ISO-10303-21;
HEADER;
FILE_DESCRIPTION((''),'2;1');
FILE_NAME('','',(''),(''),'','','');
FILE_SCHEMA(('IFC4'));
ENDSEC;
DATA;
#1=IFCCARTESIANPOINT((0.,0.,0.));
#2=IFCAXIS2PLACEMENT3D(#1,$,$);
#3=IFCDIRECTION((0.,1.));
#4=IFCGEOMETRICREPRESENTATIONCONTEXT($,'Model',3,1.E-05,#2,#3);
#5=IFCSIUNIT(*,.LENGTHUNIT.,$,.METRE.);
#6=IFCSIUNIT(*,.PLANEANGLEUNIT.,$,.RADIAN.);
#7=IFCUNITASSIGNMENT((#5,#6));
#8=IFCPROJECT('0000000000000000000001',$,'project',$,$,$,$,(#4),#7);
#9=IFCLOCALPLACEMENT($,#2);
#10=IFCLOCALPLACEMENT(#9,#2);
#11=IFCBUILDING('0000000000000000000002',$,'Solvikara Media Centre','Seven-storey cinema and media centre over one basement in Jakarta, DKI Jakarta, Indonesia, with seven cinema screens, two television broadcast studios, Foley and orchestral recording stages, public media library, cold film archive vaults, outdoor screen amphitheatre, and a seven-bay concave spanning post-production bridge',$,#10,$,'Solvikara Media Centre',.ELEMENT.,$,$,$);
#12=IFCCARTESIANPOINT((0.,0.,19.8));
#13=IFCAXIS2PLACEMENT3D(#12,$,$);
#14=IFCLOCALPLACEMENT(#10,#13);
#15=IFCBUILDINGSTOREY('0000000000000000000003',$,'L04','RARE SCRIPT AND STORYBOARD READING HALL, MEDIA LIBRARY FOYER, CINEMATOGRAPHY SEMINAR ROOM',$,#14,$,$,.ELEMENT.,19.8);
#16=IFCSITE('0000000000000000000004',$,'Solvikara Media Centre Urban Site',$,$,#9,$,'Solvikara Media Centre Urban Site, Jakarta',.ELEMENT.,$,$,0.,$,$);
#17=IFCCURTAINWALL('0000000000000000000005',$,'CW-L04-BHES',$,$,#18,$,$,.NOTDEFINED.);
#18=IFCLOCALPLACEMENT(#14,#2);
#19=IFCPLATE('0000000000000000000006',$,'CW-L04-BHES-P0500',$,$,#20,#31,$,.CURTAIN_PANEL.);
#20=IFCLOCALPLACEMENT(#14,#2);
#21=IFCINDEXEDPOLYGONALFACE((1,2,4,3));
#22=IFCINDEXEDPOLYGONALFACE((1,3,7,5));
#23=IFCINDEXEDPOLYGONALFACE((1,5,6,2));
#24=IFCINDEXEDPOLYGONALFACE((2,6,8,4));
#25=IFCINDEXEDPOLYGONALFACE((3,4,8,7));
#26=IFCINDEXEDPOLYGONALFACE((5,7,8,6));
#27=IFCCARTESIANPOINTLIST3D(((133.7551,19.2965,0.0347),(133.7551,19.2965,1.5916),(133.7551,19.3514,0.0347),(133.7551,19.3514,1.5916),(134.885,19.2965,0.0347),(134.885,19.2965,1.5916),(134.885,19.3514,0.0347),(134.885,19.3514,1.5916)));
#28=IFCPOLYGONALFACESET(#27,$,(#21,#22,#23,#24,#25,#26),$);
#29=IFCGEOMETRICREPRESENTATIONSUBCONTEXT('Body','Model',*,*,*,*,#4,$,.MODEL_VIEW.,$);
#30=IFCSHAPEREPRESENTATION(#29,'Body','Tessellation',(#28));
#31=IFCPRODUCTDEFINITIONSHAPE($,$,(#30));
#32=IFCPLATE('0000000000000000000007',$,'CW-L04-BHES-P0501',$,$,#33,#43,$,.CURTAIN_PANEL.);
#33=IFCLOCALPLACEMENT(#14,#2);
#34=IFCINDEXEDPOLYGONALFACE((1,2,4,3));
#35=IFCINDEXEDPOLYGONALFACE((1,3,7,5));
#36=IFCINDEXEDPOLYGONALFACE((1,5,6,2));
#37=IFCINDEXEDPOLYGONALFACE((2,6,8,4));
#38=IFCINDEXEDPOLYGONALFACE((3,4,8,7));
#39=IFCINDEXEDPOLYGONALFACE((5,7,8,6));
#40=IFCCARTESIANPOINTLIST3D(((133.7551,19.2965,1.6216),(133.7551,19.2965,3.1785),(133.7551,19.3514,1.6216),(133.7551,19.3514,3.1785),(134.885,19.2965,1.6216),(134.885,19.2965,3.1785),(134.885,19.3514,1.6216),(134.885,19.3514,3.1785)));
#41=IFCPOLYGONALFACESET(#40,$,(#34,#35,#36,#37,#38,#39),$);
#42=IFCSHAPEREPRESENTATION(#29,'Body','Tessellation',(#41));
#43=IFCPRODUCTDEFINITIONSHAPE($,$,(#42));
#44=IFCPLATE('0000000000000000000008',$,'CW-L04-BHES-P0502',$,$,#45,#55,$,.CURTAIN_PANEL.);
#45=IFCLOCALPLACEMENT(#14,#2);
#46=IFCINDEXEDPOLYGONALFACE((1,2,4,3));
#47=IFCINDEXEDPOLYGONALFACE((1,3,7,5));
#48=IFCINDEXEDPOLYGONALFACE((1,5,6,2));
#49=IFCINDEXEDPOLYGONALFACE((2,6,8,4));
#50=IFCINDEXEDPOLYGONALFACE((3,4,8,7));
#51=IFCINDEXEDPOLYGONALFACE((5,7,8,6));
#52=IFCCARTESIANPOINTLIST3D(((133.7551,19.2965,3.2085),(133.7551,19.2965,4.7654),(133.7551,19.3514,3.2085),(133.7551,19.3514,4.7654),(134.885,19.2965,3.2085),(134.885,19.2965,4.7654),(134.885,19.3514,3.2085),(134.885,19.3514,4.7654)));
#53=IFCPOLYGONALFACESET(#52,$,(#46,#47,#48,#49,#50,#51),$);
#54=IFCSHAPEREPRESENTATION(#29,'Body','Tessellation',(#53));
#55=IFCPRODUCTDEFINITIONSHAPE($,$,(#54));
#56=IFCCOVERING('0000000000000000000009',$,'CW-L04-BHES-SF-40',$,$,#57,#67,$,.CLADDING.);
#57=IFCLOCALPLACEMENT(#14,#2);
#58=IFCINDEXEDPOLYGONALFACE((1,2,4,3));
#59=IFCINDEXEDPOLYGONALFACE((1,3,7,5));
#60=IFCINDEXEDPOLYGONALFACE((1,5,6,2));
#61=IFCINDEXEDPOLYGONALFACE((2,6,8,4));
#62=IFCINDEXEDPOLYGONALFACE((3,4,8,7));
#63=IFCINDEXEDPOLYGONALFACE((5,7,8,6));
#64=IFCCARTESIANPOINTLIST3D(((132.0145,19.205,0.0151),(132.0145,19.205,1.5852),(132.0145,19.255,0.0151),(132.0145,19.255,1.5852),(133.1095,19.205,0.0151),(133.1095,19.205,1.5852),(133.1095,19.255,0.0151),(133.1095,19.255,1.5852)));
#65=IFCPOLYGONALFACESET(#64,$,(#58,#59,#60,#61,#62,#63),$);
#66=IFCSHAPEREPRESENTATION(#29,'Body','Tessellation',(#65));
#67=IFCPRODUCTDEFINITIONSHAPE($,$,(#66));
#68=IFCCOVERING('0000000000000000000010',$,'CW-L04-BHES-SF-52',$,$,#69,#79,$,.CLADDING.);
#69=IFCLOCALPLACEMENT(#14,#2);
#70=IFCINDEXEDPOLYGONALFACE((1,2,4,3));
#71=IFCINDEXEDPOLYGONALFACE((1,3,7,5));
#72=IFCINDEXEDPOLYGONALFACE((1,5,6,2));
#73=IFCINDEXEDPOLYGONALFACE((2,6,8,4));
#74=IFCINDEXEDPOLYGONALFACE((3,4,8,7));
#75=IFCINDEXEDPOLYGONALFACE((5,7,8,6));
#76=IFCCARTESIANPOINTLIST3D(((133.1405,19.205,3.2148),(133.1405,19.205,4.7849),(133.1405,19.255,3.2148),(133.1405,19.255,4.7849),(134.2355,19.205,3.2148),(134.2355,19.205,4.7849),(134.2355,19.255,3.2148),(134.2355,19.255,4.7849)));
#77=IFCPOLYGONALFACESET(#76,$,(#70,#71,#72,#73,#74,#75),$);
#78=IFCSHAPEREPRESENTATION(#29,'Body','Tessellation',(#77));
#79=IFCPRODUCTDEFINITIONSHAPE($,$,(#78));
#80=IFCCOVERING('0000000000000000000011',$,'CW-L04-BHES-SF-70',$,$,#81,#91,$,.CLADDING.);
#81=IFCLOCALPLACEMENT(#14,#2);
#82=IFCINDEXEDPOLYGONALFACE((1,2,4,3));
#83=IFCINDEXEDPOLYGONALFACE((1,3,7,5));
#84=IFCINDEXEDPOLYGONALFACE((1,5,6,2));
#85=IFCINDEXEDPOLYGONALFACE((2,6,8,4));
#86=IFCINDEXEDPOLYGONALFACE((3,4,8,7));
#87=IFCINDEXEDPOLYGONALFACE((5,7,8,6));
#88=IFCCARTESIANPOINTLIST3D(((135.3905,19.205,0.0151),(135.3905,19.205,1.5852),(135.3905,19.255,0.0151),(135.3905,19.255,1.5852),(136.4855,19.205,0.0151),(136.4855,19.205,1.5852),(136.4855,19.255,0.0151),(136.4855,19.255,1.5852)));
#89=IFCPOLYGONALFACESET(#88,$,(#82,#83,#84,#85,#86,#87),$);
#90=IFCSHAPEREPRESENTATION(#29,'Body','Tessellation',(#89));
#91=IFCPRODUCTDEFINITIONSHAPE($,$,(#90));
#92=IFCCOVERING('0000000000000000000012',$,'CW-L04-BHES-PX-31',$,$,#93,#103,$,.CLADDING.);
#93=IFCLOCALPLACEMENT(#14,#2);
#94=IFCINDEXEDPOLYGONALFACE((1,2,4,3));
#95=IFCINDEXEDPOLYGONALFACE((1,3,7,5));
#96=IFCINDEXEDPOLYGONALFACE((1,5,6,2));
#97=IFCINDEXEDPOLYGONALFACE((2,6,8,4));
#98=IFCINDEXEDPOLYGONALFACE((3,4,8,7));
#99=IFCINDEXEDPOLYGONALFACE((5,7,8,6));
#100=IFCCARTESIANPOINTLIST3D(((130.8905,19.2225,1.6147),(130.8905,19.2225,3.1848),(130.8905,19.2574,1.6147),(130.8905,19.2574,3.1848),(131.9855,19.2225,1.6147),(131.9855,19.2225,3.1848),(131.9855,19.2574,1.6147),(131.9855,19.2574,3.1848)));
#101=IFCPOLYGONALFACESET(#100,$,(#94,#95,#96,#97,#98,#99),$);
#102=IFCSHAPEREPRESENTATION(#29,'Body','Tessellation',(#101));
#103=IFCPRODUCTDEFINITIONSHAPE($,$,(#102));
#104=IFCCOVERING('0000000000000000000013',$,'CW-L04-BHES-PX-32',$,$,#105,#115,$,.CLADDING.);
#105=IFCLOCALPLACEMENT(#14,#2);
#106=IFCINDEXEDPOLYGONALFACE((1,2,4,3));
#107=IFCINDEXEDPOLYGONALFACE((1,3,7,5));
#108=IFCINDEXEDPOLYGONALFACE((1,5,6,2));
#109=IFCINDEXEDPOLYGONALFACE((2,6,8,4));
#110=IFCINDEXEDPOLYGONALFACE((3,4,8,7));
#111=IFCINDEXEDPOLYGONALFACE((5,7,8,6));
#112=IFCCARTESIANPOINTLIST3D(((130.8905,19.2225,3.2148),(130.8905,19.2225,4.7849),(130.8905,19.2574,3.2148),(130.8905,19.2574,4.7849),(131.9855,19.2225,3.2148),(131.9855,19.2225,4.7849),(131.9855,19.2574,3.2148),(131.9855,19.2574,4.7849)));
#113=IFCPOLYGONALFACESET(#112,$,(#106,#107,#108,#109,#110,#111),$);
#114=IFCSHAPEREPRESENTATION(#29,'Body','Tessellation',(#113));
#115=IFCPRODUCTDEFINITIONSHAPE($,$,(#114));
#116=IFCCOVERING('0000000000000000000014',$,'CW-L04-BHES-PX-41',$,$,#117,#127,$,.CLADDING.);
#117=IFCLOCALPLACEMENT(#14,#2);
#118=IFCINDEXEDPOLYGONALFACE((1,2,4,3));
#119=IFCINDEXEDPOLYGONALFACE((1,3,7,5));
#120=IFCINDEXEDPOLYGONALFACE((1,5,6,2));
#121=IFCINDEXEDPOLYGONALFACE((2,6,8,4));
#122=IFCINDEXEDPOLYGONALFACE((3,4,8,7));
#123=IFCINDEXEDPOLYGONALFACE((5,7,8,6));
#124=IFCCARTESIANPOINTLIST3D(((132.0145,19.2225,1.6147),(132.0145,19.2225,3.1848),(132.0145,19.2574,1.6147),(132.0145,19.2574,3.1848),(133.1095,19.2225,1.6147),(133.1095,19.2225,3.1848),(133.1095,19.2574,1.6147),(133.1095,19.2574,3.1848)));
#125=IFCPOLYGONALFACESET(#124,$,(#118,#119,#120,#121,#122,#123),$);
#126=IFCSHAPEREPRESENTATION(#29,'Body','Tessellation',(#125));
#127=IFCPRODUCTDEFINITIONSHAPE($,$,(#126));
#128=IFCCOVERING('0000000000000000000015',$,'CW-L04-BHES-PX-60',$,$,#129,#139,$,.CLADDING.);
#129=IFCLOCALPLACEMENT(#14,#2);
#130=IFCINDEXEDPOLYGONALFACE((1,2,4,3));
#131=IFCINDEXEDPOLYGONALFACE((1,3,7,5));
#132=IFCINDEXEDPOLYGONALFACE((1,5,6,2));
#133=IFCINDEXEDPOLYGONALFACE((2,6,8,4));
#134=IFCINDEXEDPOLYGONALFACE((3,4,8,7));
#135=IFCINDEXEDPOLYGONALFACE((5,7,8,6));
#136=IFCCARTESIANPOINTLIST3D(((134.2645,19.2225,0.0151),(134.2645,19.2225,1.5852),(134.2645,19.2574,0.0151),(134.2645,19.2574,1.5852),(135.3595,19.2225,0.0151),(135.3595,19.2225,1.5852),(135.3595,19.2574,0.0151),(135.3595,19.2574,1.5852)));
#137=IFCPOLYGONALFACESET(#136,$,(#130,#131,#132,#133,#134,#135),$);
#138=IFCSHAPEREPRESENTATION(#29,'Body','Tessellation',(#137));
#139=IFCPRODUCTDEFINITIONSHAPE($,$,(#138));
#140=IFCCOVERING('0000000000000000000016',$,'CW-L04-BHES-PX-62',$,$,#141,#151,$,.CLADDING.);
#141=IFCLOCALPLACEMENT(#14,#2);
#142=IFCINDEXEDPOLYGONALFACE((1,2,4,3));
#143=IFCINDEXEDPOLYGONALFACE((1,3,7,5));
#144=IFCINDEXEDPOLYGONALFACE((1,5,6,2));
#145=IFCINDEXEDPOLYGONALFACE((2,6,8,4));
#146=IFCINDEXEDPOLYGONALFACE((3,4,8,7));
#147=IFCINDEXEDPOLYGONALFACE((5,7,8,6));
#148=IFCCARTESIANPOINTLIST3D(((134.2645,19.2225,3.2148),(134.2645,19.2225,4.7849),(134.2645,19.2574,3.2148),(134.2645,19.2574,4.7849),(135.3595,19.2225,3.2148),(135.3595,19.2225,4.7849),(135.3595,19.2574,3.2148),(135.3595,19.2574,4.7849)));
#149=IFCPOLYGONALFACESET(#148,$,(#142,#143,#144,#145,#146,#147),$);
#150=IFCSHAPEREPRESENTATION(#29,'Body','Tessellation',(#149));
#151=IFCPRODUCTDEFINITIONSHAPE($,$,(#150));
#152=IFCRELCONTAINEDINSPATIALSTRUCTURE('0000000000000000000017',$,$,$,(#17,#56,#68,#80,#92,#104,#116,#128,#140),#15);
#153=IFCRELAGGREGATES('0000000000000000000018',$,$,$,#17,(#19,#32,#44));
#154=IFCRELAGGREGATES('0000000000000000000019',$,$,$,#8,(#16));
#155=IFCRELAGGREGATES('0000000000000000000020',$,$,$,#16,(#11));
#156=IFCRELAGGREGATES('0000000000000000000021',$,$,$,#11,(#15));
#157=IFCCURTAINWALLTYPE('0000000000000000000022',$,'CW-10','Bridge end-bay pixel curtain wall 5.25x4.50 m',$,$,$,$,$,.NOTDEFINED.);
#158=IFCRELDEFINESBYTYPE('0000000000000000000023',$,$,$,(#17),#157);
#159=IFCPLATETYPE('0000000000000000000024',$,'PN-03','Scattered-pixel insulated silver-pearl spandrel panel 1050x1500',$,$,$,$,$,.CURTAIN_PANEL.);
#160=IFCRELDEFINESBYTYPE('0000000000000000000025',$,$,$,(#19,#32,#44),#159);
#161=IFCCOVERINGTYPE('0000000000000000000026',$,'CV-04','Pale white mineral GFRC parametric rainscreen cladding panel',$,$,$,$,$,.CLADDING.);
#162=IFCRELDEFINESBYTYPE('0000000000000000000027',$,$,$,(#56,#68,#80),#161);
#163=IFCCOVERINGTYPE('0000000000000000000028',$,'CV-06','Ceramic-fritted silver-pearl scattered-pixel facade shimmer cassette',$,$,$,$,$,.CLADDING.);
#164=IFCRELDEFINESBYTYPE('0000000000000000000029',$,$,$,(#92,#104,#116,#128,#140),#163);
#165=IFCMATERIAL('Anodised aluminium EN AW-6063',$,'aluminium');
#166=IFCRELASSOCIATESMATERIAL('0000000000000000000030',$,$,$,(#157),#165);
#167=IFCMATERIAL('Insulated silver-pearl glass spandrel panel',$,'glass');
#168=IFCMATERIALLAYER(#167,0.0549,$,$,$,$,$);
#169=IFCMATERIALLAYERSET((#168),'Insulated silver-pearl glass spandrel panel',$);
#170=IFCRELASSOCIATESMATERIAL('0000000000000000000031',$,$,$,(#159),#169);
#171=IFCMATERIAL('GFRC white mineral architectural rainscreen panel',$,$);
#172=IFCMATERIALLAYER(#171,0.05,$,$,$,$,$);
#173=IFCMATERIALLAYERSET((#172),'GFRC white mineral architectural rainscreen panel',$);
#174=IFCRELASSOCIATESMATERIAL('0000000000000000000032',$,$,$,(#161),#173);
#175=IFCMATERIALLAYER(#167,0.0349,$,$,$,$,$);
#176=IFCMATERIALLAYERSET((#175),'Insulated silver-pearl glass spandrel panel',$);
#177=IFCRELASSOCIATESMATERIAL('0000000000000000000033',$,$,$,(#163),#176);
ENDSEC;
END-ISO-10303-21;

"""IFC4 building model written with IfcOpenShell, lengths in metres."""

from ifc_helpers import new_model, si_unit, direction, frame, origin, origin_2d, place, context, subcontext, project, spatial, rectangle, extrude, material, layer, layer_set, type_object, element, aggregate, save


model = new_model("IFC4")

# Units and contexts
model_context = context("Model", 3, precision=1e-05, world=origin(), true_north=direction((0.0, 1.0)))
body_context = subcontext(model_context, "Body", "Model", "MODEL_VIEW")
ifc_project = project(units=[si_unit("LENGTHUNIT", "METRE"), si_unit("PLANEANGLEUNIT", "RADIAN")], contexts=[model_context])

# Site, building, storey
site_placement = place(None, origin())
site = spatial("IfcSite", under=ifc_project, at=site_placement, Name="Solvikara Media Centre Urban Site", LongName="Solvikara Media Centre Urban Site, Jakarta", CompositionType="ELEMENT", RefElevation=0.0)
building_placement = place(site_placement, origin())
building = spatial("IfcBuilding", under=site, at=building_placement, Name="Solvikara Media Centre", Description="Seven-storey cinema and media centre over one basement in Jakarta, DKI Jakarta, Indonesia, with seven cinema screens, two television broadcast studios, Foley and orchestral recording stages, public media library, cold film archive vaults, outdoor screen amphitheatre, and a seven-bay concave spanning post-production bridge", LongName="Solvikara Media Centre", CompositionType="ELEMENT")
storey_placement = place(building_placement, frame((0.0, 0.0, 19.8)))
storey = spatial("IfcBuildingStorey", under=building, at=storey_placement, Name="L04", Description="RARE SCRIPT AND STORYBOARD READING HALL, MEDIA LIBRARY FOYER, CINEMATOGRAPHY SEMINAR ROOM", CompositionType="ELEMENT", Elevation=19.8)

# Curtain wall, plates
ifc_material_1 = material(Name="Anodised aluminium EN AW-6063", Category="aluminium")
curtain_wall_type = type_object("IfcCurtainWallType", Name="CW-10", Description="Bridge end-bay pixel curtain wall 5.25x4.50 m", PredefinedType="NOTDEFINED", material=ifc_material_1)
curtain_wall_placement = place(storey_placement, origin())
curtain_wall = element("IfcCurtainWall", 1, at=curtain_wall_placement, inside=storey, type_object=curtain_wall_type, Name="CW-L04-BHES", PredefinedType="NOTDEFINED")
ifc_material_2 = material(Name="Insulated silver-pearl glass spandrel panel", Category="glass")
ifc_layer_1 = layer(ifc_material_2, 0.0549)
ifc_layer_set_1 = layer_set([ifc_layer_1], Name="Insulated silver-pearl glass spandrel panel")
plate_type_1 = type_object("IfcPlateType", Name="PN-03", Description="Scattered-pixel insulated silver-pearl spandrel panel 1050x1500", PredefinedType="CURTAIN_PANEL", material=ifc_layer_set_1)
plate_1_placement = place(storey_placement, frame((134.3201, 19.324, 0.0347), z_axis=(0.0, 0.0, 1.0), x_axis=(1.0, 0.0, 0.0)))
plate_1 = element("IfcPlate", 2, at=plate_1_placement, type_object=plate_type_1, Name="CW-L04-BHES-P0500", PredefinedType="CURTAIN_PANEL", context=body_context, shape_type="SweptSolid", body=[
    extrude(rectangle(XDim=1.1299, YDim=0.0549, at=origin_2d()), origin(), (0.0, 0.0, 1.0), 1.5569),
])
plate_2_placement = place(storey_placement, frame((134.3201, 19.324, 1.6216), z_axis=(0.0, 0.0, 1.0), x_axis=(1.0, 0.0, 0.0)))
plate_2 = element("IfcPlate", 3, at=plate_2_placement, type_object=plate_type_1, Name="CW-L04-BHES-P0501", PredefinedType="CURTAIN_PANEL", context=body_context, shape_type="SweptSolid", body=[
    extrude(rectangle(XDim=1.1299, YDim=0.0549, at=origin_2d()), origin(), (0.0, 0.0, 1.0), 1.5569),
])
plate_3_placement = place(storey_placement, frame((134.3201, 19.324, 3.2085), z_axis=(0.0, 0.0, 1.0), x_axis=(1.0, 0.0, 0.0)))
plate_3 = element("IfcPlate", 4, at=plate_3_placement, type_object=plate_type_1, Name="CW-L04-BHES-P0502", PredefinedType="CURTAIN_PANEL", context=body_context, shape_type="SweptSolid", body=[
    extrude(rectangle(XDim=1.1299, YDim=0.0549, at=origin_2d()), origin(), (0.0, 0.0, 1.0), 1.5569),
])
aggregate(curtain_wall, [plate_1, plate_2, plate_3])

# Coverings
ifc_material_3 = material(Name="GFRC white mineral architectural rainscreen panel")
ifc_layer_2 = layer(ifc_material_3, 0.05)
ifc_layer_set_2 = layer_set([ifc_layer_2], Name="GFRC white mineral architectural rainscreen panel")
covering_type_1 = type_object("IfcCoveringType", Name="CV-04", Description="Pale white mineral GFRC parametric rainscreen cladding panel", PredefinedType="CLADDING", material=ifc_layer_set_2)
for number, where, z_axis, x_axis, name in (
    (5, (132.562, 19.23, 0.0151), (0.0, 0.0, 1.0), (1.0, 0.0, 0.0), "CW-L04-BHES-SF-40"),
    (6, (133.688, 19.23, 3.2148), (0.0, 0.0, 1.0), (1.0, 0.0, 0.0), "CW-L04-BHES-SF-52"),
    (7, (135.938, 19.23, 0.0151), (0.0, 0.0, 1.0), (1.0, 0.0, 0.0), "CW-L04-BHES-SF-70"),
):
    element("IfcCovering", number, at=place(storey_placement, frame(where, z_axis=z_axis, x_axis=x_axis)), inside=storey, type_object=covering_type_1, Name=name, PredefinedType="CLADDING", context=body_context, shape_type="SweptSolid", body=[
        extrude(rectangle(XDim=1.095, YDim=0.05, at=origin_2d()), origin(), (0.0, 0.0, 1.0), 1.5701),
    ])
ifc_layer_3 = layer(ifc_material_2, 0.0349)
ifc_layer_set_3 = layer_set([ifc_layer_3], Name="Insulated silver-pearl glass spandrel panel")
covering_type_2 = type_object("IfcCoveringType", Name="CV-06", Description="Ceramic-fritted silver-pearl scattered-pixel facade shimmer cassette", PredefinedType="CLADDING", material=ifc_layer_set_3)
for number, where, z_axis, x_axis, name in (
    (8, (131.438, 19.24, 1.6147), (0.0, 0.0, 1.0), (1.0, 0.0, 0.0), "CW-L04-BHES-PX-31"),
    (9, (131.438, 19.24, 3.2148), (0.0, 0.0, 1.0), (1.0, 0.0, 0.0), "CW-L04-BHES-PX-32"),
    (10, (132.562, 19.24, 1.6147), (0.0, 0.0, 1.0), (1.0, 0.0, 0.0), "CW-L04-BHES-PX-41"),
    (11, (134.812, 19.24, 0.0151), (0.0, 0.0, 1.0), (1.0, 0.0, 0.0), "CW-L04-BHES-PX-60"),
    (12, (134.812, 19.24, 3.2148), (0.0, 0.0, 1.0), (1.0, 0.0, 0.0), "CW-L04-BHES-PX-62"),
):
    element("IfcCovering", number, at=place(storey_placement, frame(where, z_axis=z_axis, x_axis=x_axis)), inside=storey, type_object=covering_type_2, Name=name, PredefinedType="CLADDING", context=body_context, shape_type="SweptSolid", body=[
        extrude(rectangle(XDim=1.095, YDim=0.0349, at=origin_2d()), origin(), (0.0, 0.0, 1.0), 1.5701),
    ])

save(model, "model.ifc")
